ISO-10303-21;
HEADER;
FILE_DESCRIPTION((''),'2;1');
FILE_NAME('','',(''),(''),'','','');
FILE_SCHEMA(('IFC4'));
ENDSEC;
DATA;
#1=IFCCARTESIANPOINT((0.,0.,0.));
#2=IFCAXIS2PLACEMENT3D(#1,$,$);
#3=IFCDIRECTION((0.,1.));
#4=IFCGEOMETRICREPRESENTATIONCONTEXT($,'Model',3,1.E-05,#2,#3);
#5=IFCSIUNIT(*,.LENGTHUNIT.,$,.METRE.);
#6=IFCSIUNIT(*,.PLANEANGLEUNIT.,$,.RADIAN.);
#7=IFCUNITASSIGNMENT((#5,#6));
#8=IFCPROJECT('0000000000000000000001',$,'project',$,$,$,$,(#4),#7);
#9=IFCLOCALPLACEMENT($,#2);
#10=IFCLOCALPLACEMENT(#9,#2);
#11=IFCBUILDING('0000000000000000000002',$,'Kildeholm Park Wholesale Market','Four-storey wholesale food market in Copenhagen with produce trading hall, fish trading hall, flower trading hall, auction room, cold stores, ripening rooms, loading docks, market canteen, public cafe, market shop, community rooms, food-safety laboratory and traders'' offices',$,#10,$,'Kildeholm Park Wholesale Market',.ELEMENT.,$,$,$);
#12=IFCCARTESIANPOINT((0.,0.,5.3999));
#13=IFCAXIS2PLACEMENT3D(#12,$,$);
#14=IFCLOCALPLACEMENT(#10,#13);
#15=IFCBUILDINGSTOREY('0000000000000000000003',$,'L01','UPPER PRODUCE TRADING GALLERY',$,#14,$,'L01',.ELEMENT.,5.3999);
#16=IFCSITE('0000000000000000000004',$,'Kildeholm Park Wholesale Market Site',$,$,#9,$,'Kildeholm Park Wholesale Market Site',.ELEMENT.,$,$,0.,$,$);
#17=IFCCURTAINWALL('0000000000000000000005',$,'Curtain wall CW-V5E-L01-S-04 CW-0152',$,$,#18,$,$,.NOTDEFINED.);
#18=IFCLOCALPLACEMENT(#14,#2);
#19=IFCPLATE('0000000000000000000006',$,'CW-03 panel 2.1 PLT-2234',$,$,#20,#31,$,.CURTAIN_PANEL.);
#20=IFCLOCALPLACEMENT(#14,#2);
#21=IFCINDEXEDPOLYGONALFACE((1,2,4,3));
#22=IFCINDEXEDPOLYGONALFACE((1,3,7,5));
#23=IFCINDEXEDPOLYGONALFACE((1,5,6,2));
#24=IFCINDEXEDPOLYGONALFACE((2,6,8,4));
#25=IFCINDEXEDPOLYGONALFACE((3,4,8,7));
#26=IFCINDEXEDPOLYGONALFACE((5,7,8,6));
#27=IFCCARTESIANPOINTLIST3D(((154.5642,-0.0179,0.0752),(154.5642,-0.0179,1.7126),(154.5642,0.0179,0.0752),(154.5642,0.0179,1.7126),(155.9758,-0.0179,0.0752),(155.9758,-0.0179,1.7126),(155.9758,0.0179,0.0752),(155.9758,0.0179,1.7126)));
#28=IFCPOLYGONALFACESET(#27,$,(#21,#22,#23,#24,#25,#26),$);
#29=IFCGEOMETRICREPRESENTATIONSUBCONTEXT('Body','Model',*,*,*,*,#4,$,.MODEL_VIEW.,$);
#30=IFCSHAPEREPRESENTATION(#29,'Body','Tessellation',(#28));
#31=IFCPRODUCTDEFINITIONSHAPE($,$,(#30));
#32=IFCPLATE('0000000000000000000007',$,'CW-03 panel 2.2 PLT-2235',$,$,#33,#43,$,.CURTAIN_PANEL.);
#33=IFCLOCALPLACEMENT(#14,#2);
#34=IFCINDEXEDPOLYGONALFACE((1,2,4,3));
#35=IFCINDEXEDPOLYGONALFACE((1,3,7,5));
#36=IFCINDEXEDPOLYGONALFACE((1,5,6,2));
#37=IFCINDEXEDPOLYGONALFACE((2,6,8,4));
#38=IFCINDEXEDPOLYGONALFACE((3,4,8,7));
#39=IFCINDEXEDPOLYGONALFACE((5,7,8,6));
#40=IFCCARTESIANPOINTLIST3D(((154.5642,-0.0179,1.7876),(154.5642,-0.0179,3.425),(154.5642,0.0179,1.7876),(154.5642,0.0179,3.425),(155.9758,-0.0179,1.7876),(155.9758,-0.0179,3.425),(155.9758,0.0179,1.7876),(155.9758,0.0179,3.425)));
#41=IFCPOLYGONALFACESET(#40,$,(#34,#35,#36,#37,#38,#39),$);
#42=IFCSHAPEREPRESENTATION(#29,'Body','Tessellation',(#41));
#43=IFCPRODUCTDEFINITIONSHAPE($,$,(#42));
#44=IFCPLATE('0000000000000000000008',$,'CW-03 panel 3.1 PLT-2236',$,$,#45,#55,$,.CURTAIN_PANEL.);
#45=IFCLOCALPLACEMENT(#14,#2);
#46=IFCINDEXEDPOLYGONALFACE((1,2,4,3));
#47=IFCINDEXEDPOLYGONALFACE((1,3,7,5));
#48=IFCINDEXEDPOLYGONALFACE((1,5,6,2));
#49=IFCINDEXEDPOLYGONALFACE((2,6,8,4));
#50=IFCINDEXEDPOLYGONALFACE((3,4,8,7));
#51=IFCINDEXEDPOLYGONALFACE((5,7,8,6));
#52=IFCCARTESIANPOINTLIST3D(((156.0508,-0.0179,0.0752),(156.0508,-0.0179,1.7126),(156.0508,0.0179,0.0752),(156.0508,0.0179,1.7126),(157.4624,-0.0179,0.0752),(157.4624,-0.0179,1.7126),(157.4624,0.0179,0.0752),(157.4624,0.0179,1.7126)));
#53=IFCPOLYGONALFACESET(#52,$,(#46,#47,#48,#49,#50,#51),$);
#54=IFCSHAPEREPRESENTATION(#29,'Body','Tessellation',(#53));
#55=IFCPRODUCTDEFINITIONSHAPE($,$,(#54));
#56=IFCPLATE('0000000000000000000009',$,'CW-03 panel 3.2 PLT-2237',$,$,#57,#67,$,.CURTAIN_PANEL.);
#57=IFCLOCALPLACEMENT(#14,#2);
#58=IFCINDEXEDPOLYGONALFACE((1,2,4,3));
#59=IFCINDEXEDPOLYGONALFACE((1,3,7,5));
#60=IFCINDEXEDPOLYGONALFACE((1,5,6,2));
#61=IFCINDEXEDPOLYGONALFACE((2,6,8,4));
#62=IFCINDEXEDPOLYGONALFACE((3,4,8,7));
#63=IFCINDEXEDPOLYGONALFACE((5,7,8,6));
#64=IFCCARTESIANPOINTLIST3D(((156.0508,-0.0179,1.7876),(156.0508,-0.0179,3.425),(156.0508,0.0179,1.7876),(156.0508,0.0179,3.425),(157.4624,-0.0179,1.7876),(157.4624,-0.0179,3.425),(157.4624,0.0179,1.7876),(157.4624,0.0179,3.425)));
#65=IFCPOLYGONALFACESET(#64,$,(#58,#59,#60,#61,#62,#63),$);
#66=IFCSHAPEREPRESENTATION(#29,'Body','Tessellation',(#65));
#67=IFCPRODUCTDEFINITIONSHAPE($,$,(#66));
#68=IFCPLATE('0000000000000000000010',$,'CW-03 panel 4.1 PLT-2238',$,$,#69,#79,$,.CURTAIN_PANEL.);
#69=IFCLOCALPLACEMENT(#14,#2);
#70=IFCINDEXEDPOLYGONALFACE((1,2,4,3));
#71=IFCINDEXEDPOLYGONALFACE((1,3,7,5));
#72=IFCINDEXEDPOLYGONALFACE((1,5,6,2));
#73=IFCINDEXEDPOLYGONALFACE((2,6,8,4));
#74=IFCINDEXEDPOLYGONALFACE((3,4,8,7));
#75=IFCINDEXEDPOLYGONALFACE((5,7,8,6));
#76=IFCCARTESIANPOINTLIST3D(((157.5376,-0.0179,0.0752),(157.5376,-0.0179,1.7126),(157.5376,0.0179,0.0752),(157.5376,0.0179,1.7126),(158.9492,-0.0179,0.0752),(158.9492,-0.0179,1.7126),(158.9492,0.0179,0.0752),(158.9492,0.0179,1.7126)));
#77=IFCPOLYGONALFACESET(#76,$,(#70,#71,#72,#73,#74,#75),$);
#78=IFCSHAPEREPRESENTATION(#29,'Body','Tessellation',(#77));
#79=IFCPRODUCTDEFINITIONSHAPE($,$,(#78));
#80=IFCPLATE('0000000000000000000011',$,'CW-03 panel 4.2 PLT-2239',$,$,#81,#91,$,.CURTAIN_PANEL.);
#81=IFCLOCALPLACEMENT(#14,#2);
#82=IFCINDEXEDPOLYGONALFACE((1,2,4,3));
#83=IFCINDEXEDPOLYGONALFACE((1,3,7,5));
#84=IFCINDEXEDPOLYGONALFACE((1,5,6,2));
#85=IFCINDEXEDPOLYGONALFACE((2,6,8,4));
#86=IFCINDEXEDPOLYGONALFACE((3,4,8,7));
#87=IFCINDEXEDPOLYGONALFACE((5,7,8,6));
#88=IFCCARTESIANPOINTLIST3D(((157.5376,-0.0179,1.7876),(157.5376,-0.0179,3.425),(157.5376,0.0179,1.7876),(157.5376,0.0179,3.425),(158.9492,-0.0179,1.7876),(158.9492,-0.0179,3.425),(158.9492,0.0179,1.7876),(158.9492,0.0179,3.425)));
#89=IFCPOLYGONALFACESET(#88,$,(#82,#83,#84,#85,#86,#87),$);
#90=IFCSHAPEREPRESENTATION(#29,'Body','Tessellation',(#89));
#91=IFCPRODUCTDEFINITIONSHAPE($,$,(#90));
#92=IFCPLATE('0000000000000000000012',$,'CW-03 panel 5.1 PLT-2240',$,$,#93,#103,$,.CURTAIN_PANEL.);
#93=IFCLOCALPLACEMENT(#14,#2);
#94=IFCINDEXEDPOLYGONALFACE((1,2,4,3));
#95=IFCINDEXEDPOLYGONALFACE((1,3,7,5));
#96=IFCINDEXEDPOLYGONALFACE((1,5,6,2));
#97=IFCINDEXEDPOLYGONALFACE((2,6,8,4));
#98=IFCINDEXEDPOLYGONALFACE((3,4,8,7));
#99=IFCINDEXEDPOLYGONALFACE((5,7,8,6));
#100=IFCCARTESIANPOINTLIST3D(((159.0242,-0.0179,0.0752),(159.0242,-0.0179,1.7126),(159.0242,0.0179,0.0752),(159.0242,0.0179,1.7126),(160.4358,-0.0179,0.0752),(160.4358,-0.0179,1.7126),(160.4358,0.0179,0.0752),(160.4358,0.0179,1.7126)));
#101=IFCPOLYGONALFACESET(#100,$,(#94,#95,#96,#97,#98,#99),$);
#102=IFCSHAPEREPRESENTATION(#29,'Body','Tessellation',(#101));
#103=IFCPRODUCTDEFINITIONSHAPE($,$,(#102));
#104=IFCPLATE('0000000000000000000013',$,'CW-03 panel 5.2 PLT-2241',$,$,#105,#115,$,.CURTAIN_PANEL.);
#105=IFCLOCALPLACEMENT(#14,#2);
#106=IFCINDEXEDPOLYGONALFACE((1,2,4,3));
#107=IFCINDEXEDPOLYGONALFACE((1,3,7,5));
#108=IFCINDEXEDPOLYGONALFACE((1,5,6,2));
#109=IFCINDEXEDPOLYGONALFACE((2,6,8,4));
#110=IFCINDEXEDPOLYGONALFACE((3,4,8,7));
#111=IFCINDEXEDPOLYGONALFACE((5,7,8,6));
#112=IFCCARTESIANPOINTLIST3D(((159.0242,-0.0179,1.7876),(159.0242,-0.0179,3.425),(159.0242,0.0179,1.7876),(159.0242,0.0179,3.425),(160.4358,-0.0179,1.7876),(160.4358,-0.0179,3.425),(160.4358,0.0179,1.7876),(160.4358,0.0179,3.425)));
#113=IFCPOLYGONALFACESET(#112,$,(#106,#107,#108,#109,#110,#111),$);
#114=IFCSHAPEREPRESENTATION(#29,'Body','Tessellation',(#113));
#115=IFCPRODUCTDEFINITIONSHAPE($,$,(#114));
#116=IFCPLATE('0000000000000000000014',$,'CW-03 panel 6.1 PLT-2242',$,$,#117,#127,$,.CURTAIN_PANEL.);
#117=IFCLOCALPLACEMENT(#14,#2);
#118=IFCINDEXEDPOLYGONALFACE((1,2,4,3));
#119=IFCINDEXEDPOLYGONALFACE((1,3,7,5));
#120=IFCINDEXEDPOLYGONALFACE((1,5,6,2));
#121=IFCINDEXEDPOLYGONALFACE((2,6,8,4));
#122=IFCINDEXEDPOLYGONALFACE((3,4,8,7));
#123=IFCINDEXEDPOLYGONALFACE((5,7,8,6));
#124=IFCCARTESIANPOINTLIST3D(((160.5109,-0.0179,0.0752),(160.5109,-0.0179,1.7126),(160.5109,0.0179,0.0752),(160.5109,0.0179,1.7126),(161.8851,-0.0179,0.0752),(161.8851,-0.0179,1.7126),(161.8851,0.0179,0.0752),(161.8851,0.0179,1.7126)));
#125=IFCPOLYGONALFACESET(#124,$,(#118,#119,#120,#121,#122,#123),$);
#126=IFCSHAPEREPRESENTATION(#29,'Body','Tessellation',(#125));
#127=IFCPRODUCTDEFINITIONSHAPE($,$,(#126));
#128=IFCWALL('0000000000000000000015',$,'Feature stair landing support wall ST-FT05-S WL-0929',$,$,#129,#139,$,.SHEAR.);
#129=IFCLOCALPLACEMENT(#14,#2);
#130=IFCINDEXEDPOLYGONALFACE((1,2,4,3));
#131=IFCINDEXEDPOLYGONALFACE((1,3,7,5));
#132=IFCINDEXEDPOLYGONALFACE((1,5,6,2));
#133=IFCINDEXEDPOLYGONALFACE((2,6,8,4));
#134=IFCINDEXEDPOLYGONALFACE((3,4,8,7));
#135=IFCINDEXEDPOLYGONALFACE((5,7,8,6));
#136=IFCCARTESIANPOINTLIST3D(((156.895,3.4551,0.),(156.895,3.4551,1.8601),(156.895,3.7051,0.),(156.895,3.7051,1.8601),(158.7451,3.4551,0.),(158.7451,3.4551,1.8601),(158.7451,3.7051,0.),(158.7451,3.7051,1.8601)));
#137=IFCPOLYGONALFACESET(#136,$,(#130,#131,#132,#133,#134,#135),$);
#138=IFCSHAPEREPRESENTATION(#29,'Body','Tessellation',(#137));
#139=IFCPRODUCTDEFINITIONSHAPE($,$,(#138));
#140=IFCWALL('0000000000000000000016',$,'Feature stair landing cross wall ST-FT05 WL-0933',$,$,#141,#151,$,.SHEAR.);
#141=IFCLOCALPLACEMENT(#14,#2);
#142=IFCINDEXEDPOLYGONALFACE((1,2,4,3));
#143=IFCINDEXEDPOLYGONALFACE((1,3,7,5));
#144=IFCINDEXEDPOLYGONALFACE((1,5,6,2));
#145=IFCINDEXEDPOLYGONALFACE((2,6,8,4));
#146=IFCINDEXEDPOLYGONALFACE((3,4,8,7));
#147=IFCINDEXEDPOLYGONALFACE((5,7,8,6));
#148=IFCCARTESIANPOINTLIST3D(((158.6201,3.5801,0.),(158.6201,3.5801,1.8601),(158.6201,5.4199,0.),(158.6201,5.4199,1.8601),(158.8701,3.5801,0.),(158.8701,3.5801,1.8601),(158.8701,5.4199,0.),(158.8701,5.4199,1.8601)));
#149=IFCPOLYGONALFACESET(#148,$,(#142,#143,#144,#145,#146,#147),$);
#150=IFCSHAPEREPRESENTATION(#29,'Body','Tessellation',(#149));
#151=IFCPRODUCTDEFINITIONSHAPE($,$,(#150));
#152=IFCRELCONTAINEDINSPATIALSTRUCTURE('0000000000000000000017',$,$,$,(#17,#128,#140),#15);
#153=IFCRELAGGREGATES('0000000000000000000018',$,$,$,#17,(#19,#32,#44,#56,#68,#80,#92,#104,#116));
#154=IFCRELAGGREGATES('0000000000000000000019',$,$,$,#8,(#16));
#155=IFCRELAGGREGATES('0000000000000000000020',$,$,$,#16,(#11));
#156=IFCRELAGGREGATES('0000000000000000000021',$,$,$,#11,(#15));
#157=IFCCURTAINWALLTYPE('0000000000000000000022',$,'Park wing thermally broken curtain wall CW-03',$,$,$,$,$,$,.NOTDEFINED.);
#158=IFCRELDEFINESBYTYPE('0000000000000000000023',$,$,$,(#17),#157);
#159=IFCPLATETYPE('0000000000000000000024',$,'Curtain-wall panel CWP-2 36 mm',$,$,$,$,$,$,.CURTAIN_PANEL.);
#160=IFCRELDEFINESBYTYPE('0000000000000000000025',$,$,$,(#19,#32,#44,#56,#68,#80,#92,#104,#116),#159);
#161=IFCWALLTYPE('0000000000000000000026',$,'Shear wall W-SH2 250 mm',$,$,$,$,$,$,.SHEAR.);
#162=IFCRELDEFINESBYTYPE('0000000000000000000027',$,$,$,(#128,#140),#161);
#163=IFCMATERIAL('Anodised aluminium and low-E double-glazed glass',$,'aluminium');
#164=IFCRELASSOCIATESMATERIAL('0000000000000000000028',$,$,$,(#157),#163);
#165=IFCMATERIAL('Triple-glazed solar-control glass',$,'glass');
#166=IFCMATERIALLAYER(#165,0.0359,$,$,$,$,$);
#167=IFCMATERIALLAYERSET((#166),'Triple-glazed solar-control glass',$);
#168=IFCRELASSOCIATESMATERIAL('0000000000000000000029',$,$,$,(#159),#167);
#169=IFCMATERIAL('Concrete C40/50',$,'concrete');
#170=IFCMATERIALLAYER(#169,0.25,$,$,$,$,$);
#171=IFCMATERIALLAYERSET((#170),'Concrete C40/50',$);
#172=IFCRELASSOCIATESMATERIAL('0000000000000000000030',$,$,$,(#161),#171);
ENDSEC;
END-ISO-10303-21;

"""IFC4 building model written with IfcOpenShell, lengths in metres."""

from ifc_helpers import new_model, si_unit, direction, frame, frame_2d, origin, origin_2d, place, context, subcontext, project, spatial, rectangle, extrude, material, layer, layer_set, type_object, element, aggregate, save


model = new_model("IFC4")

# Units and contexts
model_context = context("Model", 3, precision=1e-05, world=origin(), true_north=direction((0.0, 1.0)))
body_context = subcontext(model_context, "Body", "Model", "MODEL_VIEW")
ifc_project = project(units=[si_unit("LENGTHUNIT", "METRE"), si_unit("PLANEANGLEUNIT", "RADIAN")], contexts=[model_context])

# Site, building, storey
site_placement = place(None, origin())
site = spatial("IfcSite", under=ifc_project, at=site_placement, Name="Kildeholm Park Wholesale Market Site", LongName="Kildeholm Park Wholesale Market Site", CompositionType="ELEMENT", RefElevation=0.0)
building_placement = place(site_placement, origin())
building = spatial("IfcBuilding", under=site, at=building_placement, Name="Kildeholm Park Wholesale Market", Description="Four-storey wholesale food market in Copenhagen with produce trading hall, fish trading hall, flower trading hall, auction room, cold stores, ripening rooms, loading docks, market canteen, public cafe, market shop, community rooms, food-safety laboratory and traders' offices", LongName="Kildeholm Park Wholesale Market", CompositionType="ELEMENT")
storey_placement = place(building_placement, frame((0.0, 0.0, 5.3999)))
storey = spatial("IfcBuildingStorey", under=building, at=storey_placement, Name="L01", Description="UPPER PRODUCE TRADING GALLERY", LongName="L01", CompositionType="ELEMENT", Elevation=5.3999)

# Curtain wall, plates
ifc_material_1 = material(Name="Anodised aluminium and low-E double-glazed glass", Category="aluminium")
curtain_wall_type = type_object("IfcCurtainWallType", Name="Park wing thermally broken curtain wall CW-03", PredefinedType="NOTDEFINED", material=ifc_material_1)
curtain_wall_placement = place(storey_placement, origin())
curtain_wall = element("IfcCurtainWall", 1, at=curtain_wall_placement, inside=storey, type_object=curtain_wall_type, Name="Curtain wall CW-V5E-L01-S-04 CW-0152", PredefinedType="NOTDEFINED")
ifc_material_2 = material(Name="Triple-glazed solar-control glass", Category="glass")
ifc_layer_1 = layer(ifc_material_2, 0.0359)
ifc_layer_set_1 = layer_set([ifc_layer_1], Name="Triple-glazed solar-control glass")
plate_type = type_object("IfcPlateType", Name="Curtain-wall panel CWP-2 36 mm", PredefinedType="CURTAIN_PANEL", material=ifc_layer_set_1)
plate_1_placement = place(storey_placement, frame((155.27, 0.0, 0.0752), z_axis=(0.0, 0.0, 1.0), x_axis=(1.0, 0.0, 0.0)))
plate_1 = element("IfcPlate", 2, at=plate_1_placement, type_object=plate_type, Name="CW-03 panel 2.1 PLT-2234", PredefinedType="CURTAIN_PANEL", context=body_context, shape_type="SweptSolid", body=[
    extrude(rectangle(XDim=1.4116, YDim=0.0359, at=origin_2d()), origin(), (0.0, 0.0, 1.0), 1.6375),
])
plate_2_placement = place(storey_placement, frame((155.27, 0.0, 1.7876), z_axis=(0.0, 0.0, 1.0), x_axis=(1.0, 0.0, 0.0)))
plate_2 = element("IfcPlate", 3, at=plate_2_placement, type_object=plate_type, Name="CW-03 panel 2.2 PLT-2235", PredefinedType="CURTAIN_PANEL", context=body_context, shape_type="SweptSolid", body=[
    extrude(rectangle(XDim=1.4116, YDim=0.0359, at=origin_2d()), origin(), (0.0, 0.0, 1.0), 1.6375),
])
plate_3_placement = place(storey_placement, frame((156.7566, 0.0, 0.0752), z_axis=(0.0, 0.0, 1.0), x_axis=(1.0, 0.0, 0.0)))
plate_3 = element("IfcPlate", 4, at=plate_3_placement, type_object=plate_type, Name="CW-03 panel 3.1 PLT-2236", PredefinedType="CURTAIN_PANEL", context=body_context, shape_type="SweptSolid", body=[
    extrude(rectangle(XDim=1.4116, YDim=0.0359, at=origin_2d()), origin(), (0.0, 0.0, 1.0), 1.6375),
])
plate_4_placement = place(storey_placement, frame((156.7566, 0.0, 1.7876), z_axis=(0.0, 0.0, 1.0), x_axis=(1.0, 0.0, 0.0)))
plate_4 = element("IfcPlate", 5, at=plate_4_placement, type_object=plate_type, Name="CW-03 panel 3.2 PLT-2237", PredefinedType="CURTAIN_PANEL", context=body_context, shape_type="SweptSolid", body=[
    extrude(rectangle(XDim=1.4116, YDim=0.0359, at=origin_2d()), origin(), (0.0, 0.0, 1.0), 1.6375),
])
plate_5_placement = place(storey_placement, frame((158.2434, 0.0, 0.0752), z_axis=(0.0, 0.0, 1.0), x_axis=(1.0, 0.0, 0.0)))
plate_5 = element("IfcPlate", 6, at=plate_5_placement, type_object=plate_type, Name="CW-03 panel 4.1 PLT-2238", PredefinedType="CURTAIN_PANEL", context=body_context, shape_type="SweptSolid", body=[
    extrude(rectangle(XDim=1.4116, YDim=0.0359, at=origin_2d()), origin(), (0.0, 0.0, 1.0), 1.6375),
])
plate_6_placement = place(storey_placement, frame((158.2434, 0.0, 1.7876), z_axis=(0.0, 0.0, 1.0), x_axis=(1.0, 0.0, 0.0)))
plate_6 = element("IfcPlate", 7, at=plate_6_placement, type_object=plate_type, Name="CW-03 panel 4.2 PLT-2239", PredefinedType="CURTAIN_PANEL", context=body_context, shape_type="SweptSolid", body=[
    extrude(rectangle(XDim=1.4116, YDim=0.0359, at=origin_2d()), origin(), (0.0, 0.0, 1.0), 1.6375),
])
plate_7_placement = place(storey_placement, frame((159.73, 0.0, 0.0752), z_axis=(0.0, 0.0, 1.0), x_axis=(1.0, 0.0, 0.0)))
plate_7 = element("IfcPlate", 8, at=plate_7_placement, type_object=plate_type, Name="CW-03 panel 5.1 PLT-2240", PredefinedType="CURTAIN_PANEL", context=body_context, shape_type="SweptSolid", body=[
    extrude(rectangle(XDim=1.4116, YDim=0.0359, at=origin_2d()), origin(), (0.0, 0.0, 1.0), 1.6375),
])
plate_8_placement = place(storey_placement, frame((159.73, 0.0, 1.7876), z_axis=(0.0, 0.0, 1.0), x_axis=(1.0, 0.0, 0.0)))
plate_8 = element("IfcPlate", 9, at=plate_8_placement, type_object=plate_type, Name="CW-03 panel 5.2 PLT-2241", PredefinedType="CURTAIN_PANEL", context=body_context, shape_type="SweptSolid", body=[
    extrude(rectangle(XDim=1.4116, YDim=0.0359, at=origin_2d()), origin(), (0.0, 0.0, 1.0), 1.6375),
])
plate_9_placement = place(storey_placement, frame((161.198, 0.0, 0.0752), z_axis=(0.0, 0.0, 1.0), x_axis=(1.0, 0.0, 0.0)))
plate_9 = element("IfcPlate", 10, at=plate_9_placement, type_object=plate_type, Name="CW-03 panel 6.1 PLT-2242", PredefinedType="CURTAIN_PANEL", context=body_context, shape_type="SweptSolid", body=[
    extrude(rectangle(XDim=1.3743, YDim=0.0359, at=origin_2d()), origin(), (0.0, 0.0, 1.0), 1.6375),
])
aggregate(curtain_wall, [plate_1, plate_2, plate_3, plate_4, plate_5, plate_6, plate_7, plate_8, plate_9])

# Walls
ifc_material_3 = material(Name="Concrete C40/50", Category="concrete")
ifc_layer_2 = layer(ifc_material_3, 0.25)
ifc_layer_set_2 = layer_set([ifc_layer_2], Name="Concrete C40/50")
wall_type = type_object("IfcWallType", Name="Shear wall W-SH2 250 mm", PredefinedType="SHEAR", material=ifc_layer_set_2)
wall_1_placement = place(storey_placement, frame((156.895, 3.5801, 0.0), z_axis=(0.0, 0.0, 1.0), x_axis=(1.0, 0.0, 0.0)))
element("IfcWall", 11, at=wall_1_placement, inside=storey, type_object=wall_type, Name="Feature stair landing support wall ST-FT05-S WL-0929", PredefinedType="SHEAR", context=body_context, shape_type="SweptSolid", body=[
    extrude(rectangle(XDim=1.8501, YDim=0.25, at=frame_2d((0.925, 0.0))), origin(), (0.0, 0.0, 1.0), 1.8601),
])
wall_2_placement = place(storey_placement, frame((158.7451, 3.5801, 0.0), z_axis=(0.0, 0.0, 1.0), x_axis=(0.0, 1.0, 0.0)))
element("IfcWall", 12, at=wall_2_placement, inside=storey, type_object=wall_type, Name="Feature stair landing cross wall ST-FT05 WL-0933", PredefinedType="SHEAR", context=body_context, shape_type="SweptSolid", body=[
    extrude(rectangle(XDim=1.8398, YDim=0.25, at=frame_2d((0.9199, 0.0))), origin(), (0.0, 0.0, 1.0), 1.8601),
])

save(model, "model.ifc")
